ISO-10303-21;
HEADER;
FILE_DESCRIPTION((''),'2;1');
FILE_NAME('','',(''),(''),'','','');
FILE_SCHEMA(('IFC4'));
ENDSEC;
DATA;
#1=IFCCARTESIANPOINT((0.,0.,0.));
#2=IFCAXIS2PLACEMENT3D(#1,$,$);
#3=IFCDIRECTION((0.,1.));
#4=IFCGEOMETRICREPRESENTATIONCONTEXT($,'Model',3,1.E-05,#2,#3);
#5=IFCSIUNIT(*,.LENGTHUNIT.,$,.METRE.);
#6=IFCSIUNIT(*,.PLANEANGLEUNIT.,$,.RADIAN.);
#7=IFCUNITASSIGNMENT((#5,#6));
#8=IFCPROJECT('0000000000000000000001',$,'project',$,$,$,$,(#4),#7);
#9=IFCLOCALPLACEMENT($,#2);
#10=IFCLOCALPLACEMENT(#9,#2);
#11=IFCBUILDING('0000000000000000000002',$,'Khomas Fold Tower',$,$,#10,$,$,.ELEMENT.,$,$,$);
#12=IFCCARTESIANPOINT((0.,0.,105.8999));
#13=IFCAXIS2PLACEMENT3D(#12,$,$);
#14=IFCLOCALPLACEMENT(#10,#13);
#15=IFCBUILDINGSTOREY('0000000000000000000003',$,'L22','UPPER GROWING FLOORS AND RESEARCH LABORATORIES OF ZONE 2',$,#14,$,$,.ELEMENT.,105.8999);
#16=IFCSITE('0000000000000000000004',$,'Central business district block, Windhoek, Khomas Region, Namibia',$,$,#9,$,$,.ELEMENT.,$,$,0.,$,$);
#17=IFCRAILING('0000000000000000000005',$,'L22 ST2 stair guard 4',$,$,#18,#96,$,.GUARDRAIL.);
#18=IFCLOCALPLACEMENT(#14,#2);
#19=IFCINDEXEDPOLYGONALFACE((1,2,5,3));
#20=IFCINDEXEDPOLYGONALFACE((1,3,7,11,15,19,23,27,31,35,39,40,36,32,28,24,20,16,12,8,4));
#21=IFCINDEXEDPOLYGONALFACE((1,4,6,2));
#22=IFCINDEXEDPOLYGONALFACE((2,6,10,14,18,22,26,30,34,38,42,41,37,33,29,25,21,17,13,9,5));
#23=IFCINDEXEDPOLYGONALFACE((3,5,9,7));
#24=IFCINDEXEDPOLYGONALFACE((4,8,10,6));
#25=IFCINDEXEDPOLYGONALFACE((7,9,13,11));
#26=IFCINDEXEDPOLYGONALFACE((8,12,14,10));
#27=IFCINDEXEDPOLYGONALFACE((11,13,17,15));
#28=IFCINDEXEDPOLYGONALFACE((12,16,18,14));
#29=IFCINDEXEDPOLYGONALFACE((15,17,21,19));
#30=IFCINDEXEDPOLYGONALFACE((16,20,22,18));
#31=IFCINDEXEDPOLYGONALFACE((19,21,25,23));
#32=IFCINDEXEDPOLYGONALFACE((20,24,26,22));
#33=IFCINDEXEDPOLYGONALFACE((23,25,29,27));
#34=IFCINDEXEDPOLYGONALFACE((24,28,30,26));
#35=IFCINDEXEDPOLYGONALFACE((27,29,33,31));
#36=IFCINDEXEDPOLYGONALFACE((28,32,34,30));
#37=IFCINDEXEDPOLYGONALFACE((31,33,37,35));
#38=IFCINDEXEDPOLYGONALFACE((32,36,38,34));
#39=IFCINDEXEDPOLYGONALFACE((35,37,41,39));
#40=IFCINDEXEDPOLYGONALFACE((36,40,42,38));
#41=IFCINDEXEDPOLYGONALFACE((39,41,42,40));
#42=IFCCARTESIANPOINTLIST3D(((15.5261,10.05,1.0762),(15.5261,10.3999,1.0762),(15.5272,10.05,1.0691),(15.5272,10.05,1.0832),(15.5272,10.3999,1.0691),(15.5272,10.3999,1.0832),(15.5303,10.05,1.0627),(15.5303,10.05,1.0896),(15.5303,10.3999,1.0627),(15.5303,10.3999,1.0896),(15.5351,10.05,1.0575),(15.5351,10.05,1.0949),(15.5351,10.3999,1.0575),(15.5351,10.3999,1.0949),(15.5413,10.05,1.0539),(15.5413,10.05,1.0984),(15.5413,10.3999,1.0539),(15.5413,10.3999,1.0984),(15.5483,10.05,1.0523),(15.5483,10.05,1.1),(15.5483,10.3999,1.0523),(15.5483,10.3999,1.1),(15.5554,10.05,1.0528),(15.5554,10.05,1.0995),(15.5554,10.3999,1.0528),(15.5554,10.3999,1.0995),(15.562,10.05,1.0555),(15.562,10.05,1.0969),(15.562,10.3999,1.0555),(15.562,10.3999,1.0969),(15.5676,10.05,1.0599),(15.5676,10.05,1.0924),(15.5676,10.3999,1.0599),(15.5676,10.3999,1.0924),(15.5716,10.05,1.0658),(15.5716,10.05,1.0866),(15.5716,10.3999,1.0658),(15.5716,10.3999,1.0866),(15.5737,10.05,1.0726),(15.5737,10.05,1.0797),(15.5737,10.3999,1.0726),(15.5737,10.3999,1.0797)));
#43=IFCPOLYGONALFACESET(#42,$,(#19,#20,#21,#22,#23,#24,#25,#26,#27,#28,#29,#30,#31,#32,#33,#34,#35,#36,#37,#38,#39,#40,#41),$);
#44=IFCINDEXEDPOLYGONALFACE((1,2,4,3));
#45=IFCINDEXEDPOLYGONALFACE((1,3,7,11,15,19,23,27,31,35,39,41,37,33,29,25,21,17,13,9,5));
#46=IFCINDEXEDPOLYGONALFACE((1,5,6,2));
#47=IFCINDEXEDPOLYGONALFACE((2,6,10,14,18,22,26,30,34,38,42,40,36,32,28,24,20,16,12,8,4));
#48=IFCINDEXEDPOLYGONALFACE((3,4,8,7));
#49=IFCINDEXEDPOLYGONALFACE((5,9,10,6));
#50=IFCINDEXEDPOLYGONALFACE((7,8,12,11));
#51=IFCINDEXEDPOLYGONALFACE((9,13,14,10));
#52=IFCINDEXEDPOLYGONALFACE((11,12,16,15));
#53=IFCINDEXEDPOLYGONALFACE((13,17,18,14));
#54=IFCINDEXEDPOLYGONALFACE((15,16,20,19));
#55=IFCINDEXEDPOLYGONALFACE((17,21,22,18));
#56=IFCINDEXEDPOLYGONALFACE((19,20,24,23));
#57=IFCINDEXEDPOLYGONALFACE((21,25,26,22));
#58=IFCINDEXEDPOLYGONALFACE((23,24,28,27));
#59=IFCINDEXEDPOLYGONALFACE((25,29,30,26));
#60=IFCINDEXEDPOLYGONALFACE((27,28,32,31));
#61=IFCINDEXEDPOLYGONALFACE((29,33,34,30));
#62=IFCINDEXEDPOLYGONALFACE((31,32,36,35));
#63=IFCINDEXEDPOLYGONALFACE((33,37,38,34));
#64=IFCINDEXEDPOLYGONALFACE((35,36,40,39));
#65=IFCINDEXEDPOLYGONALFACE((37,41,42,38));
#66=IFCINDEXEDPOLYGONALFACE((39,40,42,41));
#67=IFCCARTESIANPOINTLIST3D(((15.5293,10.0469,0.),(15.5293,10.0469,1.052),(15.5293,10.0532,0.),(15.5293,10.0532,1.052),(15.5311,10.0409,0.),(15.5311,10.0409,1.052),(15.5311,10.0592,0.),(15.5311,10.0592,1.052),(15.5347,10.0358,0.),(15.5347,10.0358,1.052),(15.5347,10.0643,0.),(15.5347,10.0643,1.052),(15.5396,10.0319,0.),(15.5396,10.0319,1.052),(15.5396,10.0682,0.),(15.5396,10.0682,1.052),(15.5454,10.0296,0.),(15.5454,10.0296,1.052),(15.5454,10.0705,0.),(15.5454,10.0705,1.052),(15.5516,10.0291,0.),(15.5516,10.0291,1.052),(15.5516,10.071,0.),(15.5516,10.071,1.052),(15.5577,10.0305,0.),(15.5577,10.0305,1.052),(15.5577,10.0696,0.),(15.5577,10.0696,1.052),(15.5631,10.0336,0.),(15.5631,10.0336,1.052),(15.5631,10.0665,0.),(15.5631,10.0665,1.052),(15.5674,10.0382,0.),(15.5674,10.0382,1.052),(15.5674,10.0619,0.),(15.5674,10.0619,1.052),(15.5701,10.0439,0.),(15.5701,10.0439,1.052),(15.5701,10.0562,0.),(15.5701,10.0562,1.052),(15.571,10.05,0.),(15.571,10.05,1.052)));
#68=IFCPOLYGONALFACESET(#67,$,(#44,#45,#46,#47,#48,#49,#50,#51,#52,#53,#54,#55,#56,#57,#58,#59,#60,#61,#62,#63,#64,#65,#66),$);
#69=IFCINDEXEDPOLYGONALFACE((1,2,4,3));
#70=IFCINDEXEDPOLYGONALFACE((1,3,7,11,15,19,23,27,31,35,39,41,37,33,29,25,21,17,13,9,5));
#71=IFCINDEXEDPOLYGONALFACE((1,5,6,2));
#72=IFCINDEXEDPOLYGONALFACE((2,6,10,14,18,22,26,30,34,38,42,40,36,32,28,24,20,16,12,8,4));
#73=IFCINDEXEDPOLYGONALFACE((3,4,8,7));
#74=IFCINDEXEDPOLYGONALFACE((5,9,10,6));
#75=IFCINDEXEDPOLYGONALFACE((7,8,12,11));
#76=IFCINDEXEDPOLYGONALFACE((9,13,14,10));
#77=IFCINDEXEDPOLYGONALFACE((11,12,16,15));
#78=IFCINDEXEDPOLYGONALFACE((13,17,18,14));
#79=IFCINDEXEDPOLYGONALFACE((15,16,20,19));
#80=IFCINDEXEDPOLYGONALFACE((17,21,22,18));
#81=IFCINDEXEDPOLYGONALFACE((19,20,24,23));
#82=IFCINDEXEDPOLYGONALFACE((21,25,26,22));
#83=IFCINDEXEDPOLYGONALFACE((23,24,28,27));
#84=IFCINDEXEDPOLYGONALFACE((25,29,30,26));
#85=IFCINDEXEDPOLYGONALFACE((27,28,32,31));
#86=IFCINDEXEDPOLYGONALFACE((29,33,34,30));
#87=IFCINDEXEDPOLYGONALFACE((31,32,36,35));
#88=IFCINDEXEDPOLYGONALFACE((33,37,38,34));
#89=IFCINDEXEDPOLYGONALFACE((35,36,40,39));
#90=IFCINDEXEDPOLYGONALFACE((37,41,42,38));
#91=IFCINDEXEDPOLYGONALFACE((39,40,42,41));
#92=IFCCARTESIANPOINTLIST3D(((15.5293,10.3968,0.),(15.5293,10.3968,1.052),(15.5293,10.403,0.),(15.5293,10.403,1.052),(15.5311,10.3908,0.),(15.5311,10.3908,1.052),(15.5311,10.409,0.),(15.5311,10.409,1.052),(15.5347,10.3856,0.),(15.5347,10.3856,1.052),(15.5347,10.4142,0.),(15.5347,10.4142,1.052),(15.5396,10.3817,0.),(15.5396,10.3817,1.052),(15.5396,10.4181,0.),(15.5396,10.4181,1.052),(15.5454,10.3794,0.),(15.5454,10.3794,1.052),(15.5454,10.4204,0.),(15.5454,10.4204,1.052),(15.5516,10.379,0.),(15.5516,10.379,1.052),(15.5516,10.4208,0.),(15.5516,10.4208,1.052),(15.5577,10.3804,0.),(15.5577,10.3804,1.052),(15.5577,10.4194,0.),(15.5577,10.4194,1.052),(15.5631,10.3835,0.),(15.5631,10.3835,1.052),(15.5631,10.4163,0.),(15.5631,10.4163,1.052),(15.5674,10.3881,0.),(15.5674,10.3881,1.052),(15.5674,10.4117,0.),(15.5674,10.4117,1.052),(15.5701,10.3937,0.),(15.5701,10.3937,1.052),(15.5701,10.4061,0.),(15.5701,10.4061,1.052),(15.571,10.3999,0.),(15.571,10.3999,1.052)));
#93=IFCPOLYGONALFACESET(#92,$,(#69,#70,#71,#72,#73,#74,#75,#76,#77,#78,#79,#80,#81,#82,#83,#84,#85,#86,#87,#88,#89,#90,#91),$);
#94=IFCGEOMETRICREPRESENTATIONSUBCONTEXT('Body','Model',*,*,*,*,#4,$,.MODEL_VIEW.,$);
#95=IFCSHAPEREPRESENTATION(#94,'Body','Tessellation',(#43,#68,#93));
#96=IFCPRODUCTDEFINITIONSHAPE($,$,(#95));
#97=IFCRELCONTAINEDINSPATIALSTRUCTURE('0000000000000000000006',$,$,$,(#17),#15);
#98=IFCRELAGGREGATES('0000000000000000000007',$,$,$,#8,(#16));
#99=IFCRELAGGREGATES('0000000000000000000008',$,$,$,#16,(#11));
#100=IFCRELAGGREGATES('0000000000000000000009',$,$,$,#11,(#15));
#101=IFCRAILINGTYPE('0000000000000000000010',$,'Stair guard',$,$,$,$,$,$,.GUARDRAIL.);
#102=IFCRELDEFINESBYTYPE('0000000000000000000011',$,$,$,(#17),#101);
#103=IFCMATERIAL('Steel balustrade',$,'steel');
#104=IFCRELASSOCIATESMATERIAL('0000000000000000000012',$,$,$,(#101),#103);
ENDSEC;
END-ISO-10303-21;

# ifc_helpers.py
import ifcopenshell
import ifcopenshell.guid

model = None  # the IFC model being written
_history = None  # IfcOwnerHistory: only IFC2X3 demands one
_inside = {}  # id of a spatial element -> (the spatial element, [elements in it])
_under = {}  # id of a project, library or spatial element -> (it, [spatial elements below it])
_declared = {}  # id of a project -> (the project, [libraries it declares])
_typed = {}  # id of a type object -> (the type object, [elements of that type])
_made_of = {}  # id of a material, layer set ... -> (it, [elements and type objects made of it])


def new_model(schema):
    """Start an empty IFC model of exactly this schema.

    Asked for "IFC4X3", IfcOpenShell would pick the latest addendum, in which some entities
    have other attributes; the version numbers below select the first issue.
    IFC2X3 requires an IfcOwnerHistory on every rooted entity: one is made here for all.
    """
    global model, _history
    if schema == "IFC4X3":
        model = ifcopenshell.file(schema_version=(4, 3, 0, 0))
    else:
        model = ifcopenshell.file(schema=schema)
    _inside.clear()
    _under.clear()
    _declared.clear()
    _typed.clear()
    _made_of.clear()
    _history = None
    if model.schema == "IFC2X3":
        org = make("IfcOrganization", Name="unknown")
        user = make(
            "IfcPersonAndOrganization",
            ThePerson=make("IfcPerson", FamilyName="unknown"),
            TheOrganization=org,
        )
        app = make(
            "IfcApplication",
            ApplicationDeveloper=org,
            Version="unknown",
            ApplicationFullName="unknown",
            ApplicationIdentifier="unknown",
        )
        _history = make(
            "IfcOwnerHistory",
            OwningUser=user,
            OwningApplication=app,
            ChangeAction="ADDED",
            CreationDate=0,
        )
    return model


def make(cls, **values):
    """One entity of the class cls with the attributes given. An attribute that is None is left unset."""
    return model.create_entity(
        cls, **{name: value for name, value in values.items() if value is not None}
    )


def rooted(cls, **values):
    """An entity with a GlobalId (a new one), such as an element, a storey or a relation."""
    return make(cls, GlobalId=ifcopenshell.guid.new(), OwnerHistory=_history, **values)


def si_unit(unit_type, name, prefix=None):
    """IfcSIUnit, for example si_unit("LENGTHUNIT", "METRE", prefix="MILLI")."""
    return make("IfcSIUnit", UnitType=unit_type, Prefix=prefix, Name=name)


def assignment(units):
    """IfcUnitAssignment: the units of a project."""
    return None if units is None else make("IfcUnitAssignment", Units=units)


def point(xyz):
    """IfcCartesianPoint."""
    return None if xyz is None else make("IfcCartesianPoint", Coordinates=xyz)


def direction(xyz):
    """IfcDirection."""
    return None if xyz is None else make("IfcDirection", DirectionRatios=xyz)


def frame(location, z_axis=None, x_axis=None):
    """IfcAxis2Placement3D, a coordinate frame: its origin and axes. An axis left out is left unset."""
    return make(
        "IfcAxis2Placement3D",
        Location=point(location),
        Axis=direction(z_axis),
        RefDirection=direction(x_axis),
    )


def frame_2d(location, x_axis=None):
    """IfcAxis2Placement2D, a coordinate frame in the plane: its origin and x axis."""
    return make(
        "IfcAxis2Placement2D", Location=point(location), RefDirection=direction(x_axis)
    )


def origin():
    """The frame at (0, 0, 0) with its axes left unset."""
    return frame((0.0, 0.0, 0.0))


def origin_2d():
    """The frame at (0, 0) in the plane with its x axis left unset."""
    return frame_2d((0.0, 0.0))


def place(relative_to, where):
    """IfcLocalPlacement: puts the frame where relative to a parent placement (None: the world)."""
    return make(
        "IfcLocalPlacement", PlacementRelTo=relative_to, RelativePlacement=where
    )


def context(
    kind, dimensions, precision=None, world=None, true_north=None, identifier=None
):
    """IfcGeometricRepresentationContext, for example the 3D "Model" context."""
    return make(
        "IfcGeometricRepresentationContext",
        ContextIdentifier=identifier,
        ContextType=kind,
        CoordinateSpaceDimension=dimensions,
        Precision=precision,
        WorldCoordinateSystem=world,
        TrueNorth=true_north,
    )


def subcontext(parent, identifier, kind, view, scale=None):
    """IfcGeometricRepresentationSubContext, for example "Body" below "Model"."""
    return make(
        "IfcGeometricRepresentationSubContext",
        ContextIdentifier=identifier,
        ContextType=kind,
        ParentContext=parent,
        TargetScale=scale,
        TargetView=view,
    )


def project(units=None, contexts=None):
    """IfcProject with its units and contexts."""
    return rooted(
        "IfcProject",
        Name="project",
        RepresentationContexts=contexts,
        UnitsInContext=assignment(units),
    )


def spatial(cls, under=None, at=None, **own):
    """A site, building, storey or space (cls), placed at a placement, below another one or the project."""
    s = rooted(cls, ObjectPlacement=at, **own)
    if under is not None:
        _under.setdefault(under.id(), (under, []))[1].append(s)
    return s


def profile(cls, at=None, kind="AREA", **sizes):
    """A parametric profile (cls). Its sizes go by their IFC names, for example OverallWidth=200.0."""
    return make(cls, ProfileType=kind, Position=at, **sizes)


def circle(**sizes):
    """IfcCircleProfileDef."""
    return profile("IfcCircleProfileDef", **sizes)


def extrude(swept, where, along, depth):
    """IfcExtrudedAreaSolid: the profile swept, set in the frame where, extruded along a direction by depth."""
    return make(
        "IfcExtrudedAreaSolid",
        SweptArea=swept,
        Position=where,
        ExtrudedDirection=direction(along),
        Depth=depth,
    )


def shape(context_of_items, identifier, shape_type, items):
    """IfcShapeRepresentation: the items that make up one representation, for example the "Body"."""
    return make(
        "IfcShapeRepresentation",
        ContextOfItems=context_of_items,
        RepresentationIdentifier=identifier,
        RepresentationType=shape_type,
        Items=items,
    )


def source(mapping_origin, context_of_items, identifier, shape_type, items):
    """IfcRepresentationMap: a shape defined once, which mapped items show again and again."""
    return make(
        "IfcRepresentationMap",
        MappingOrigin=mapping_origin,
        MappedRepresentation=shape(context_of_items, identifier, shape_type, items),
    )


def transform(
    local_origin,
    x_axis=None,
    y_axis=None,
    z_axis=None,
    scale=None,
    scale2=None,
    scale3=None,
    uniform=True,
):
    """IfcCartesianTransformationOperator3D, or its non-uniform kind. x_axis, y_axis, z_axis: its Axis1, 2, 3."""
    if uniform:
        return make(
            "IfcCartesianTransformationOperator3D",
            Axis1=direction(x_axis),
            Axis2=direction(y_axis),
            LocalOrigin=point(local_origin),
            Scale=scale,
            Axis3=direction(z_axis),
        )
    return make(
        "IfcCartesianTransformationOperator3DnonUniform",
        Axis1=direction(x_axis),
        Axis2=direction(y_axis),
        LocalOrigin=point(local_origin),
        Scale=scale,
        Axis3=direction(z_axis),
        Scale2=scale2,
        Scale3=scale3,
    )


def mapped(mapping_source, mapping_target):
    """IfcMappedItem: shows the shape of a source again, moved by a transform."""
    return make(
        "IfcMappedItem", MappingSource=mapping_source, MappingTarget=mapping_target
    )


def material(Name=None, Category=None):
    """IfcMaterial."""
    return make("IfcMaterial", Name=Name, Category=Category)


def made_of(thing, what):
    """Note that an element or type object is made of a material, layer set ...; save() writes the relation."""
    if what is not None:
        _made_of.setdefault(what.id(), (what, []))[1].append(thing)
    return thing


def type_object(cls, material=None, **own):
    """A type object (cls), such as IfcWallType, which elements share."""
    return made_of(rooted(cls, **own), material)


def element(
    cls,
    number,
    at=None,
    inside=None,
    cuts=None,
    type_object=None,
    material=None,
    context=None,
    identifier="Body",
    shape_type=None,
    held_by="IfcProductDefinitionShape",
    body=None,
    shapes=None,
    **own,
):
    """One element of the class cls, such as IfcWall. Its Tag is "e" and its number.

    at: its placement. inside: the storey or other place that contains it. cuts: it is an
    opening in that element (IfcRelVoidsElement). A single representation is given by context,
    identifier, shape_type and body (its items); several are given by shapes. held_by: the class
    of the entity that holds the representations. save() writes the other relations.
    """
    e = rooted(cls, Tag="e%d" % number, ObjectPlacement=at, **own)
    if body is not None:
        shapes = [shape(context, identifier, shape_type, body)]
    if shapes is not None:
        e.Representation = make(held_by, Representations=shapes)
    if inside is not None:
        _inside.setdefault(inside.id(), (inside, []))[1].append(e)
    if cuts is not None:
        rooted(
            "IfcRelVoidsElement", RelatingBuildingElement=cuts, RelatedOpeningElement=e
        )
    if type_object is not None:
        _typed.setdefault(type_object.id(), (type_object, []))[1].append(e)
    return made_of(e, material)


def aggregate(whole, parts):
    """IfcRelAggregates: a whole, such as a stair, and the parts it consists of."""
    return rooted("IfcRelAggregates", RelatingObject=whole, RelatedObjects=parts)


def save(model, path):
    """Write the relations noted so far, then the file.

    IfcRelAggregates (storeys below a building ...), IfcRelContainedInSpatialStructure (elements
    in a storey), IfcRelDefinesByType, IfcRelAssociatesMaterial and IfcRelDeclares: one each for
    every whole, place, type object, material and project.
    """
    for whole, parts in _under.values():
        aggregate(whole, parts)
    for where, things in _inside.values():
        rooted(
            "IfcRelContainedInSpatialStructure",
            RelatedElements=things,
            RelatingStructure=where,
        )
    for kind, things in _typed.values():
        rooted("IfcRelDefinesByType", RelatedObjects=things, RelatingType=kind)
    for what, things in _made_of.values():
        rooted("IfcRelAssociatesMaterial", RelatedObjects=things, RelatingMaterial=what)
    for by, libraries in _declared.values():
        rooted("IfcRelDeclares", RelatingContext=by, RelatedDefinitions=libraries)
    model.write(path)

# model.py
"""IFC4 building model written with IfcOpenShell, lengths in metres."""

from ifc_helpers import new_model, si_unit, direction, frame, origin, origin_2d, place, context, subcontext, project, spatial, circle, extrude, source, transform, mapped, material, type_object, element, save


model = new_model("IFC4")

# Units and contexts
model_context = context("Model", 3, precision=1e-05, world=origin(), true_north=direction((0.0, 1.0)))
body_context = subcontext(model_context, "Body", "Model", "MODEL_VIEW")
ifc_project = project(units=[si_unit("LENGTHUNIT", "METRE"), si_unit("PLANEANGLEUNIT", "RADIAN")], contexts=[model_context])

# Site, building, storey
site_placement = place(None, origin())
site = spatial("IfcSite", under=ifc_project, at=site_placement, Name="Central business district block, Windhoek, Khomas Region, Namibia", CompositionType="ELEMENT", RefElevation=0.0)
building_placement = place(site_placement, origin())
building = spatial("IfcBuilding", under=site, at=building_placement, Name="Khomas Fold Tower", CompositionType="ELEMENT")
storey_placement = place(building_placement, frame((0.0, 0.0, 105.8999)))
storey = spatial("IfcBuildingStorey", under=building, at=storey_placement, Name="L22", Description="UPPER GROWING FLOORS AND RESEARCH LABORATORIES OF ZONE 2", CompositionType="ELEMENT", Elevation=105.8999)

# Railing
ifc_material_1 = material(Name="Steel balustrade", Category="steel")
railing_type_1 = type_object("IfcRailingType", Name="Stair guard", PredefinedType="GUARDRAIL", material=ifc_material_1)
shared_shape_1 = source(origin(), body_context, "Body", "SweptSolid", [
    extrude(circle(Radius=0.0239, at=origin_2d()), frame((0.0, 0.0, 1.0762), z_axis=(0.0, 1.0, 0.0), x_axis=(-1.0, 0.0, 0.0)), (0.0, 0.0, 1.0), 0.3499),
    extrude(circle(Radius=0.021, at=origin_2d()), origin(), (0.0, 0.0, 1.0), 1.052),
    extrude(circle(Radius=0.021, at=origin_2d()), frame((0.0, 0.3499, 0.0)), (0.0, 0.0, 1.0), 1.052),
])
for number, where, name in (
    (1, (15.55, 10.05, 0.0), "L22 ST2 stair guard 4"),
):
    element("IfcRailing", number, at=place(storey_placement, frame(where)), inside=storey, type_object=railing_type_1, Name=name, PredefinedType="GUARDRAIL", context=body_context, shape_type="MappedRepresentation", body=[
        mapped(shared_shape_1, transform((0.0, 0.0, 0.0))),
    ])

save(model, "model.ifc")
